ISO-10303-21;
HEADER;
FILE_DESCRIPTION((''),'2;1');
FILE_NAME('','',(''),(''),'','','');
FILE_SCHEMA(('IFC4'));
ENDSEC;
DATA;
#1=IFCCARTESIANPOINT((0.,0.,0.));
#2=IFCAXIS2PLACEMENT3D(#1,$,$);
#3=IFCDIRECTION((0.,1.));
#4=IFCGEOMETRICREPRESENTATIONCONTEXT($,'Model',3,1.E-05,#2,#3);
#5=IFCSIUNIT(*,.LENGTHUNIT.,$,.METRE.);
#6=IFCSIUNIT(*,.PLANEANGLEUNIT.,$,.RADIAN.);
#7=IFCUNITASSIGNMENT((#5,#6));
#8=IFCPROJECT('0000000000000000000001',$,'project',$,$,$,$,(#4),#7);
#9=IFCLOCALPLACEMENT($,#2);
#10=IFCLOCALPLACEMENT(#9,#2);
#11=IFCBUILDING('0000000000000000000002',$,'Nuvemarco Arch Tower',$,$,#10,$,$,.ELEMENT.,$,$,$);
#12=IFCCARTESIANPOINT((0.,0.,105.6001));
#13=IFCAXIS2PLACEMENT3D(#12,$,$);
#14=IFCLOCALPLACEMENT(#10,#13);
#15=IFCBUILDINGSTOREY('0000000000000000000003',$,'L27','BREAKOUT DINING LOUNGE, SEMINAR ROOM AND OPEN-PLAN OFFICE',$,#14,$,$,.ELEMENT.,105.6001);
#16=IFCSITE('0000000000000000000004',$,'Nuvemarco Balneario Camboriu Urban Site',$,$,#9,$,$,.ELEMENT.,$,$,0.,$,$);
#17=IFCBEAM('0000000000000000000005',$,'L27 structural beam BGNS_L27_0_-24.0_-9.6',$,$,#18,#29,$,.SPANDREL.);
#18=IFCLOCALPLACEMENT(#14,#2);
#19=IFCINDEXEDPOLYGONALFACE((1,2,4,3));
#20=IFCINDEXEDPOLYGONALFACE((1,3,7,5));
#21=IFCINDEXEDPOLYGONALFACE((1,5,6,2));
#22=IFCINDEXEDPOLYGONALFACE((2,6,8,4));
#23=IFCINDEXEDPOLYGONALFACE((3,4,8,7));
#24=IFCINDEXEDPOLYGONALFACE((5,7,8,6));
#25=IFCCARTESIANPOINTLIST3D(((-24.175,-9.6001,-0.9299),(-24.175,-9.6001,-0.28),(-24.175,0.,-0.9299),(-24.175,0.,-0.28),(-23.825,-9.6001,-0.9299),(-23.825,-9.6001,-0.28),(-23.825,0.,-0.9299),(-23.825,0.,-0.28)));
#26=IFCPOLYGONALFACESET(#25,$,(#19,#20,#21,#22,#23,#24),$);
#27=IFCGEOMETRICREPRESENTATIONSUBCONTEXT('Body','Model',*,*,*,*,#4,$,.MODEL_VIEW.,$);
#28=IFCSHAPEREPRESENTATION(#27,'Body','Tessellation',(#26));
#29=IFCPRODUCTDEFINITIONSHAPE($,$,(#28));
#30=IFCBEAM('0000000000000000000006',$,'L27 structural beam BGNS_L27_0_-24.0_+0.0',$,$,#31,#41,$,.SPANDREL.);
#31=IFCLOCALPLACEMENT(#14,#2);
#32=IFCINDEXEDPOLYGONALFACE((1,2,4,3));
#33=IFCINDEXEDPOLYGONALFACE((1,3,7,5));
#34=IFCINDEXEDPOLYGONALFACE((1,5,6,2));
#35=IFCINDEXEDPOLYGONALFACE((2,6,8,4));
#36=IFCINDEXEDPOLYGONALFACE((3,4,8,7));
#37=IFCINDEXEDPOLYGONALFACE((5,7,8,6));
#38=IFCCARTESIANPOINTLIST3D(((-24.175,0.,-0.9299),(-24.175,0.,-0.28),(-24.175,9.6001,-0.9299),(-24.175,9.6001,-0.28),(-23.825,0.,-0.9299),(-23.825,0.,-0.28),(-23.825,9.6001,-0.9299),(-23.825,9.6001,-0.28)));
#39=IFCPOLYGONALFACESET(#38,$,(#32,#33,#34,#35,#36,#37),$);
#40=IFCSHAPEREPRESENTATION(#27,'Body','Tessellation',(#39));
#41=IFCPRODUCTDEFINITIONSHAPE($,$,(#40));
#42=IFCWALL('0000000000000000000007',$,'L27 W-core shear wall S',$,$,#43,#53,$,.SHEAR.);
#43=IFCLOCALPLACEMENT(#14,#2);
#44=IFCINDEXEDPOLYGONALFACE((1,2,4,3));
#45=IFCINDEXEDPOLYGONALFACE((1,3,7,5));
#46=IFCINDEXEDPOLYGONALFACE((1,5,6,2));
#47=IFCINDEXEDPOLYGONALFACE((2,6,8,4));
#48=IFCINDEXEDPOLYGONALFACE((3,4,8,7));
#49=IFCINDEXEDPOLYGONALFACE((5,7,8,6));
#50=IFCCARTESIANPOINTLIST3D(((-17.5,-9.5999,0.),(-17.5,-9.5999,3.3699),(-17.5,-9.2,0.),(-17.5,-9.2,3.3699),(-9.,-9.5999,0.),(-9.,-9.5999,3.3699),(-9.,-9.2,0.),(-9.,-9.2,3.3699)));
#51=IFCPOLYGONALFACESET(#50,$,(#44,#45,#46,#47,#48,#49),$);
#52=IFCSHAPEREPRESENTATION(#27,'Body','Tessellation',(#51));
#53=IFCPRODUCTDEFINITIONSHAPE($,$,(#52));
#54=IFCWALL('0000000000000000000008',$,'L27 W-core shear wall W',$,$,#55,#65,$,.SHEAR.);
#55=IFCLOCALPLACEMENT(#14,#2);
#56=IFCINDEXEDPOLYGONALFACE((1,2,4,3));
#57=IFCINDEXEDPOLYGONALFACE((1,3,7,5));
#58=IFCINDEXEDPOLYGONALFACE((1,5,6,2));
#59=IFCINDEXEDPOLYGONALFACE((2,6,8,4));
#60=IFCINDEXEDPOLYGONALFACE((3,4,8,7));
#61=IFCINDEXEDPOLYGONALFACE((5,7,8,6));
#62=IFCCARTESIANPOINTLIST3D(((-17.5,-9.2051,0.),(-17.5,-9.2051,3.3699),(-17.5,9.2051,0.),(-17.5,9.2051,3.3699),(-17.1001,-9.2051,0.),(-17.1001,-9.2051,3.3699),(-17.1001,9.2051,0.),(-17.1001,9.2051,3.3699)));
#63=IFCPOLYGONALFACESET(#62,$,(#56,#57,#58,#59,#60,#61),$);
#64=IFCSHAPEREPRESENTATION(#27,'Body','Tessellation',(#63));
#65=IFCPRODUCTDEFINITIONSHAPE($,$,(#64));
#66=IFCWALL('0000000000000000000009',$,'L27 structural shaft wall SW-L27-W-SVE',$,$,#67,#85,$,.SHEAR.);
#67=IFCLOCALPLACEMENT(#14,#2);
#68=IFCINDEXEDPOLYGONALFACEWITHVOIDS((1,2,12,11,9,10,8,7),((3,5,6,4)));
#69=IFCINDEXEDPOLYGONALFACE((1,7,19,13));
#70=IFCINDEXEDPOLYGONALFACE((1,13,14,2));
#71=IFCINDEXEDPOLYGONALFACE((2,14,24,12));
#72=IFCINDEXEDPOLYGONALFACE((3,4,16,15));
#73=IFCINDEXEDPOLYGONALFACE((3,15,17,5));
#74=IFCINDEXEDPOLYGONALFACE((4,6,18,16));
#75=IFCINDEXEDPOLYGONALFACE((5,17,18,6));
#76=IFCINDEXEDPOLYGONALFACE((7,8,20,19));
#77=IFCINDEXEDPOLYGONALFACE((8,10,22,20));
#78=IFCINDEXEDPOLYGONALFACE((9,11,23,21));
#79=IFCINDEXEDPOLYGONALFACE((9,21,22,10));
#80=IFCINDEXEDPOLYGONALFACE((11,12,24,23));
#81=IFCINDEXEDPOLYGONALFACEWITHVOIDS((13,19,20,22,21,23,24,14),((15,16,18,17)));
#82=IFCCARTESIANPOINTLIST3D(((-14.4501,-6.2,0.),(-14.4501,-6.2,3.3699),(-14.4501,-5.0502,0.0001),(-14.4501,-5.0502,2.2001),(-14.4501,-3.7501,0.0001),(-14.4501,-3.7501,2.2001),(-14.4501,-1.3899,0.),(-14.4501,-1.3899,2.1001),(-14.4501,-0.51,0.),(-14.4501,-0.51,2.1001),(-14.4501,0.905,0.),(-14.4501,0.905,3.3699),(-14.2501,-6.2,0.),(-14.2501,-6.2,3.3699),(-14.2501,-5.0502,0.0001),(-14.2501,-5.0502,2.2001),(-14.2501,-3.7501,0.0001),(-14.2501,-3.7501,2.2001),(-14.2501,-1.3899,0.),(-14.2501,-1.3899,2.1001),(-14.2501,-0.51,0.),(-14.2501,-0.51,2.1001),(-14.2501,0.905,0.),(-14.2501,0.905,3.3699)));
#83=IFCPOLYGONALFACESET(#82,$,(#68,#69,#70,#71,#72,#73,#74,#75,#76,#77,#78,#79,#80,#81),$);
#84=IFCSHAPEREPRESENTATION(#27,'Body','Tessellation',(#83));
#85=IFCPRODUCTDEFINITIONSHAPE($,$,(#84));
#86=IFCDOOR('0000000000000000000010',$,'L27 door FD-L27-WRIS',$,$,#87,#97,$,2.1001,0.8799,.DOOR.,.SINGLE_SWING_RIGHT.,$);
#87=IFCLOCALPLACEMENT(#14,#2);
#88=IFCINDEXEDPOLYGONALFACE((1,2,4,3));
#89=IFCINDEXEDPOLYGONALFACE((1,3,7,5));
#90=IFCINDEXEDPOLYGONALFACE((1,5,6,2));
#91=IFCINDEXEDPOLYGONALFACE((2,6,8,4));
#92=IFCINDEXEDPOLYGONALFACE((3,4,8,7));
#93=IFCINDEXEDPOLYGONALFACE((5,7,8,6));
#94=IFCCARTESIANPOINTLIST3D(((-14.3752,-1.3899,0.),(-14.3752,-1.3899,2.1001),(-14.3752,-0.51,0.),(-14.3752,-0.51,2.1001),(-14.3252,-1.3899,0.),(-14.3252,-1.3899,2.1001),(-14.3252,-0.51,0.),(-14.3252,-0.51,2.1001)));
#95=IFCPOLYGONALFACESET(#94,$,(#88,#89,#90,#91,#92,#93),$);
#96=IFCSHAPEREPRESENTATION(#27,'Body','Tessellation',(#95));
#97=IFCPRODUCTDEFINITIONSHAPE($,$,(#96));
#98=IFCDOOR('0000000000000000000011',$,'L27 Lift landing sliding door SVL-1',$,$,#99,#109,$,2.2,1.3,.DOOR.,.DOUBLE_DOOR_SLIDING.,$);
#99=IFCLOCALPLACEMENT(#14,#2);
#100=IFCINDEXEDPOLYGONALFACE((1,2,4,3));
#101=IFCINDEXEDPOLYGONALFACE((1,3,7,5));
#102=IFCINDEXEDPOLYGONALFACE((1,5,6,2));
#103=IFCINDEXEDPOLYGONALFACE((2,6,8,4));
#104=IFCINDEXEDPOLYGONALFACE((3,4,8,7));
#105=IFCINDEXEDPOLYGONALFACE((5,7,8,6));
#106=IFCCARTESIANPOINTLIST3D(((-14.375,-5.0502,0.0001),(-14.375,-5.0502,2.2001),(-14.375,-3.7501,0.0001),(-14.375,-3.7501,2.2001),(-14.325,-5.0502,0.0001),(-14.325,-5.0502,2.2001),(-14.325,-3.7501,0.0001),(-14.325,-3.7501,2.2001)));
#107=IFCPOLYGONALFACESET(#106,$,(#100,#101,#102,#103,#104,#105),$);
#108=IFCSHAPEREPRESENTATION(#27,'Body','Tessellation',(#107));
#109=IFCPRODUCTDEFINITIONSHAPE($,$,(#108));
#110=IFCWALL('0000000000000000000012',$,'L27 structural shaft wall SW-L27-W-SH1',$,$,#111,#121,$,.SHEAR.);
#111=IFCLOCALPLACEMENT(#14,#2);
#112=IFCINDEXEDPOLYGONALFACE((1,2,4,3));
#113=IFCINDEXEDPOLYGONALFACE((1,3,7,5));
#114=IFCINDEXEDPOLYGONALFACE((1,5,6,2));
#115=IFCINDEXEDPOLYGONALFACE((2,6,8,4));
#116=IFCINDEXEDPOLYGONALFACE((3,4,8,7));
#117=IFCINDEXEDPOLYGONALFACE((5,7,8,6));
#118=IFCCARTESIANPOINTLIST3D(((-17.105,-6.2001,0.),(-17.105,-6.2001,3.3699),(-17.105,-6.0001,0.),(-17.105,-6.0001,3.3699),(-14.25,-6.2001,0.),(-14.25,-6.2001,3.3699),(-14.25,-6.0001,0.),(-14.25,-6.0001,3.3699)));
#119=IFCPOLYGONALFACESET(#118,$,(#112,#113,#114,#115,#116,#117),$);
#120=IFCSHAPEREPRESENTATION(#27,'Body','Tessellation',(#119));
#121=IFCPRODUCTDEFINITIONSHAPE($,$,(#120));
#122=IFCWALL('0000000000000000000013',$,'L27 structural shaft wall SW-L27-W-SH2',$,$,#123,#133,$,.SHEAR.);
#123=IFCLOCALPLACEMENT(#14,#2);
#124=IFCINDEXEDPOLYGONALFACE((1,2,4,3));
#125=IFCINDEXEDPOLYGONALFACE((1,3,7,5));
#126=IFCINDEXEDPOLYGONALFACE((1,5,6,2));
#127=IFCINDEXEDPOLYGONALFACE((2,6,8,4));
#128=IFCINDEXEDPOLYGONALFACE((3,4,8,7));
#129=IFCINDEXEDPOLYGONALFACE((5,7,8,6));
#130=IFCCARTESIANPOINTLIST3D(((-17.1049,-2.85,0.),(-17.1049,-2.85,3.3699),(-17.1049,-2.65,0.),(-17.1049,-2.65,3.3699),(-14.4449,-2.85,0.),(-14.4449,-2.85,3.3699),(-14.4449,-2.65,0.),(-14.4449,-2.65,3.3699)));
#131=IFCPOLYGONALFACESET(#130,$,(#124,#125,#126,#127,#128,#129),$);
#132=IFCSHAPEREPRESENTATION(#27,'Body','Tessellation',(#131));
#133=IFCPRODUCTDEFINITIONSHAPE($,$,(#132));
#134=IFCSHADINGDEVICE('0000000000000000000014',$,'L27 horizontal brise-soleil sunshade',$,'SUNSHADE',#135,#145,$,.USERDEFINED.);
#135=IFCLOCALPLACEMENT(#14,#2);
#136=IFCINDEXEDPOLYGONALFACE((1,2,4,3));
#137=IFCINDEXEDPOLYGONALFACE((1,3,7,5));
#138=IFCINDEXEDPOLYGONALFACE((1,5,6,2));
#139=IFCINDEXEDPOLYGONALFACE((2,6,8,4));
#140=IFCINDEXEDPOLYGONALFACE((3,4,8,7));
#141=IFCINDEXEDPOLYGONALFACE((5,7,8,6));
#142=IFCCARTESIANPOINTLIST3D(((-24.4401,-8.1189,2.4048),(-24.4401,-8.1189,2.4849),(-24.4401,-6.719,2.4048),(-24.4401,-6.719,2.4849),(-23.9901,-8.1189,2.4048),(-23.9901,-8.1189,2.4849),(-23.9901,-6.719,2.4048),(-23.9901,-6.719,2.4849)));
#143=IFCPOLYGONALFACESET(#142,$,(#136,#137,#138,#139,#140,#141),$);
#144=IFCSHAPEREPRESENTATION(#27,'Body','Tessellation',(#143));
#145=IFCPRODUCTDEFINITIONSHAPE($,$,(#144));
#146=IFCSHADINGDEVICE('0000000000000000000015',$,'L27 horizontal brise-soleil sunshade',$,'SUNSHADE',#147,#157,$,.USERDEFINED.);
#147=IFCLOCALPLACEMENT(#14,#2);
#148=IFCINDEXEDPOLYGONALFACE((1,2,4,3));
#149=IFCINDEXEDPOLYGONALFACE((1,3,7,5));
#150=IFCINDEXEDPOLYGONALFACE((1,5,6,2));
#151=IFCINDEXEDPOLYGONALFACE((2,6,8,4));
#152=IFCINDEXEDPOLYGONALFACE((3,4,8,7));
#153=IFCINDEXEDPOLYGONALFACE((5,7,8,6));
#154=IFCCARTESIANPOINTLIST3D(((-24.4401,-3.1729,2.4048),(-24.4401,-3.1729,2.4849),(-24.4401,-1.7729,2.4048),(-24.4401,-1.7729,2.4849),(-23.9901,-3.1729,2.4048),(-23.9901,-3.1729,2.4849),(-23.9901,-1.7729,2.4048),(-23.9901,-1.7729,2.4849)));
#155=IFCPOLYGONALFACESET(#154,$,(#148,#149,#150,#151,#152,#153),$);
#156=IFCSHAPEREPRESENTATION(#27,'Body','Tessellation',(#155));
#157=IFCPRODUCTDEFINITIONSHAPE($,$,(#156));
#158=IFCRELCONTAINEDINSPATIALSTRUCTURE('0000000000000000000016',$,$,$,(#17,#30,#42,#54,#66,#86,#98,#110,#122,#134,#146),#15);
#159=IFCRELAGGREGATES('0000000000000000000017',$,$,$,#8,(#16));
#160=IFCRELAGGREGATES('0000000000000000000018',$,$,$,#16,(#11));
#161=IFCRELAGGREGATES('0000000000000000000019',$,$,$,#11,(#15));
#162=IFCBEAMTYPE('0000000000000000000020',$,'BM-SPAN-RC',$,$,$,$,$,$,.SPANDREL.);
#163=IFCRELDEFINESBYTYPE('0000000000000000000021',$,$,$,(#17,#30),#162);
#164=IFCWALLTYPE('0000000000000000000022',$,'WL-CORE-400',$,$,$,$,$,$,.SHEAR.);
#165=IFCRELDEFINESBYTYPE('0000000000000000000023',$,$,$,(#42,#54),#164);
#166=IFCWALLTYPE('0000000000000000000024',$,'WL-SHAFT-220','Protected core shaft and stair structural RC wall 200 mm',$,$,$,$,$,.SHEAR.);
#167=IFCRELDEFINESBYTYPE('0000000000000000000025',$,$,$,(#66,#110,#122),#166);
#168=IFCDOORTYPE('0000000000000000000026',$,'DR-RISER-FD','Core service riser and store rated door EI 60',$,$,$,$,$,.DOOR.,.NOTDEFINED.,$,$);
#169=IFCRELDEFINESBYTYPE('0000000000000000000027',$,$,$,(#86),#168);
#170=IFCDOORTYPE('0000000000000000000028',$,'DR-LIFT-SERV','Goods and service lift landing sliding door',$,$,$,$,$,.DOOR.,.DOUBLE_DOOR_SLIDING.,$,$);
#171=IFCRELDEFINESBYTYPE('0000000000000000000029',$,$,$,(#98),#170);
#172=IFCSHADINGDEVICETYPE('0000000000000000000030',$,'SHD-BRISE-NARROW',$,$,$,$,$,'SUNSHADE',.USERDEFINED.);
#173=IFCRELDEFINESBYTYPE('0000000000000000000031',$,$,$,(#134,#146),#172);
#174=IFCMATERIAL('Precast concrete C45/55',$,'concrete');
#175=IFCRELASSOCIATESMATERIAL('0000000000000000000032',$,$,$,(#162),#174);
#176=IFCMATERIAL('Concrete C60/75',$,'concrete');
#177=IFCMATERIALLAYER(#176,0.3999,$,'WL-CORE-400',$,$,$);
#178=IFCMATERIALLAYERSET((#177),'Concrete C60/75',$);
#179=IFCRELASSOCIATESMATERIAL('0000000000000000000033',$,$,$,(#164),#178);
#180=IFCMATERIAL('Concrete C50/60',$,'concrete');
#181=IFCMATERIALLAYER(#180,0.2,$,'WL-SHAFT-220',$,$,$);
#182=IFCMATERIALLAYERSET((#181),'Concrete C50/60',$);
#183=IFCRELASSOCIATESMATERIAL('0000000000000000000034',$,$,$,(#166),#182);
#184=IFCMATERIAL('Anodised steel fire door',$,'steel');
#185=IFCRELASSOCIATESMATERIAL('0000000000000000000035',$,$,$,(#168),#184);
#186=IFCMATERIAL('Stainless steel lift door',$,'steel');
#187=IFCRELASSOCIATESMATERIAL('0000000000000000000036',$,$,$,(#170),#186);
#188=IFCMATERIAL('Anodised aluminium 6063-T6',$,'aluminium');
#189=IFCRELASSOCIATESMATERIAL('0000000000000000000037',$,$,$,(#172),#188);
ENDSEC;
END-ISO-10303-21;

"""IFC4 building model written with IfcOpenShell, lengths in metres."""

from ifc_helpers import new_model, si_unit, direction, frame, frame_2d, origin, origin_2d, place, context, subcontext, project, spatial, rectangle, extrude, source, transform, mapped, material, layer, layer_set, material_profile, profile_set, type_object, type_shapes, element, fill, save


model = new_model("IFC4")

# Units and contexts
model_context = context("Model", 3, precision=1e-05, world=origin(), true_north=direction((0.0, 1.0)))
body_context = subcontext(model_context, "Body", "Model", "MODEL_VIEW")
ifc_project = project(units=[si_unit("LENGTHUNIT", "METRE"), si_unit("PLANEANGLEUNIT", "RADIAN")], contexts=[model_context])

# Site, building, storey
site_placement = place(None, origin())
site = spatial("IfcSite", under=ifc_project, at=site_placement, Name="Nuvemarco Balneario Camboriu Urban Site", CompositionType="ELEMENT", RefElevation=0.0)
building_placement = place(site_placement, origin())
building = spatial("IfcBuilding", under=site, at=building_placement, Name="Nuvemarco Arch Tower", CompositionType="ELEMENT")
storey_placement = place(building_placement, frame((0.0, 0.0, 105.6001)))
storey = spatial("IfcBuildingStorey", under=building, at=storey_placement, Name="L27", Description="BREAKOUT DINING LOUNGE, SEMINAR ROOM AND OPEN-PLAN OFFICE", CompositionType="ELEMENT", Elevation=105.6001)

# Shared definitions
ifc_material_1 = material(Name="Concrete C60/75", Category="concrete")

# Beams
ifc_material_2 = material(Name="Precast concrete C45/55", Category="concrete")
ifc_material_profile_1 = material_profile(ifc_material_2, rectangle(XDim=0.3501, YDim=0.6499, at=origin_2d()), Name="PC-SP-350x650")
ifc_profile_set_1 = profile_set([ifc_material_profile_1], Name="Precast concrete C45/55")
beam_type_1 = type_object("IfcBeamType", Name="BM-SPAN-RC", PredefinedType="SPANDREL", material=ifc_profile_set_1)
for number, where, z_axis, x_axis, name in (
    (1, (-24.0, -9.6001, -0.605), (0.0, 1.0, 0.0), (-1.0, 0.0, 0.0), "L27 structural beam BGNS_L27_0_-24.0_-9.6"),
    (2, (-24.0, 0.0, -0.605), (0.0, 1.0, 0.0), (-1.0, 0.0, 0.0), "L27 structural beam BGNS_L27_0_-24.0_+0.0"),
):
    element("IfcBeam", number, at=place(storey_placement, frame(where, z_axis=z_axis, x_axis=x_axis)), inside=storey, type_object=beam_type_1, Name=name, PredefinedType="SPANDREL", context=body_context, shape_type="SweptSolid", body=[
        extrude(rectangle(XDim=0.3501, YDim=0.6499, at=origin_2d()), origin(), (0.0, 0.0, 1.0), 9.6001),
    ])

# Walls
ifc_layer_1 = layer(ifc_material_1, 0.3999, Name="WL-CORE-400")
ifc_layer_set_1 = layer_set([ifc_layer_1], Name="Concrete C60/75")
wall_type_1 = type_object("IfcWallType", Name="WL-CORE-400", PredefinedType="SHEAR", material=ifc_layer_set_1)
wall_1_placement = place(storey_placement, frame((-17.5, -9.3999, 0.0), z_axis=(0.0, 0.0, 1.0), x_axis=(1.0, 0.0, 0.0)))
element("IfcWall", 3, at=wall_1_placement, inside=storey, type_object=wall_type_1, Name="L27 W-core shear wall S", PredefinedType="SHEAR", context=body_context, shape_type="SweptSolid", body=[
    extrude(rectangle(XDim=8.5, YDim=0.3999, at=frame_2d((4.25, 0.0))), origin(), (0.0, 0.0, 1.0), 3.3699),
])
wall_2_placement = place(storey_placement, frame((-17.3, -9.2051, 0.0), z_axis=(0.0, 0.0, 1.0), x_axis=(0.0, 1.0, 0.0)))
element("IfcWall", 4, at=wall_2_placement, inside=storey, type_object=wall_type_1, Name="L27 W-core shear wall W", PredefinedType="SHEAR", context=body_context, shape_type="SweptSolid", body=[
    extrude(rectangle(XDim=18.4102, YDim=0.3999, at=frame_2d((9.2051, 0.0))), origin(), (0.0, 0.0, 1.0), 3.3699),
])

# Shared definitions
ifc_material_3 = material(Name="Concrete C50/60", Category="concrete")
ifc_layer_2 = layer(ifc_material_3, 0.2, Name="WL-SHAFT-220")
ifc_layer_set_2 = layer_set([ifc_layer_2], Name="Concrete C50/60")
wall_type_2 = type_object("IfcWallType", Name="WL-SHAFT-220", Description="Protected core shaft and stair structural RC wall 200 mm", PredefinedType="SHEAR", material=ifc_layer_set_2)
ifc_material_4 = material(Name="Stainless steel lift door", Category="steel")

# Wall, openings, doors
wall_3_placement = place(storey_placement, frame((-14.3501, -6.2, 0.0), z_axis=(0.0, 0.0, 1.0), x_axis=(0.0, 1.0, 0.0)))
wall_3 = element("IfcWall", 5, at=wall_3_placement, inside=storey, type_object=wall_type_2, Name="L27 structural shaft wall SW-L27-W-SVE", PredefinedType="SHEAR", context=body_context, shape_type="SweptSolid", body=[
    extrude(rectangle(XDim=7.105, YDim=0.2, at=frame_2d((3.5525, 0.0))), origin(), (0.0, 0.0, 1.0), 3.3699),
])
opening_1_placement = place(wall_3_placement, frame((5.6899, 0.0, 0.0), z_axis=(0.0, 0.0, 1.0), x_axis=(-1.0, 0.0, 0.0)))
opening_1 = element("IfcOpeningElement", 6, at=opening_1_placement, cuts=wall_3, PredefinedType="OPENING", context=body_context, shape_type="SweptSolid", body=[
    extrude(rectangle(XDim=0.8799, YDim=2.1001, at=frame_2d((0.4399, 1.05))), frame((0.0, 0.1099, 0.0), z_axis=(0.0, -1.0, 0.0), x_axis=(1.0, 0.0, 0.0)), (0.0, 0.0, 1.0), 0.22),
])
opening_2_placement = place(wall_3_placement, frame((1.1499, 0.0, 0.0)))
opening_2 = element("IfcOpeningElement", 7, at=opening_2_placement, cuts=wall_3, PredefinedType="OPENING", context=body_context, shape_type="SweptSolid", body=[
    extrude(rectangle(XDim=1.3, YDim=2.2, at=frame_2d((0.6499, 1.1001))), frame((0.0, 0.1099, 0.0), z_axis=(0.0, -1.0, 0.0), x_axis=(1.0, 0.0, 0.0)), (0.0, 0.0, 1.0), 0.22),
])
ifc_material_5 = material(Name="Anodised steel fire door", Category="steel")
door_type_1 = type_object("IfcDoorType", Name="DR-RISER-FD", Description="Core service riser and store rated door EI 60", OperationType="NOTDEFINED", PredefinedType="DOOR", material=ifc_material_5)
shared_shape_1 = source(origin(), body_context, "Body", "SweptSolid", [
    extrude(rectangle(XDim=0.8799, YDim=2.1001, at=frame_2d((0.4399, 1.05))), frame((0.0, 0.0249, 0.0), z_axis=(0.0, -1.0, 0.0), x_axis=(1.0, 0.0, 0.0)), (0.0, 0.0, 1.0), 0.05),
])
type_shapes(door_type_1, [shared_shape_1])
door_1_placement = place(opening_1_placement, origin())
door_1 = element("IfcDoor", 8, at=door_1_placement, inside=storey, type_object=door_type_1, Name="L27 door FD-L27-WRIS", OperationType="SINGLE_SWING_RIGHT", OverallHeight=2.1001, OverallWidth=0.8799, PredefinedType="DOOR", context=body_context, shape_type="MappedRepresentation", body=[
    mapped(shared_shape_1, transform((0.0, 0.0, 0.0), scale=1.0)),
])
fill(opening_1, door_1)
door_type_2 = type_object("IfcDoorType", Name="DR-LIFT-SERV", Description="Goods and service lift landing sliding door", OperationType="DOUBLE_DOOR_SLIDING", PredefinedType="DOOR", material=ifc_material_4)
shared_shape_2 = source(origin(), body_context, "Body", "SweptSolid", [
    extrude(rectangle(XDim=1.3, YDim=2.2, at=frame_2d((0.6499, 1.1001))), frame((0.0, 0.0249, 0.0), z_axis=(0.0, -1.0, 0.0), x_axis=(1.0, 0.0, 0.0)), (0.0, 0.0, 1.0), 0.05),
])
type_shapes(door_type_2, [shared_shape_2])
door_2_placement = place(opening_2_placement, origin())
door_2 = element("IfcDoor", 9, at=door_2_placement, inside=storey, type_object=door_type_2, Name="L27 Lift landing sliding door SVL-1", OperationType="DOUBLE_DOOR_SLIDING", OverallHeight=2.2, OverallWidth=1.3, PredefinedType="DOOR", context=body_context, shape_type="MappedRepresentation", body=[
    mapped(shared_shape_2, transform((0.0, 0.0, 0.0), scale=1.0)),
])
fill(opening_2, door_2)

# Walls
wall_4_placement = place(storey_placement, frame((-17.105, -6.1001, 0.0), z_axis=(0.0, 0.0, 1.0), x_axis=(1.0, 0.0, 0.0)))
element("IfcWall", 10, at=wall_4_placement, inside=storey, type_object=wall_type_2, Name="L27 structural shaft wall SW-L27-W-SH1", PredefinedType="SHEAR", context=body_context, shape_type="SweptSolid", body=[
    extrude(rectangle(XDim=2.855, YDim=0.2, at=frame_2d((1.4275, 0.0))), origin(), (0.0, 0.0, 1.0), 3.3699),
])
wall_5_placement = place(storey_placement, frame((-17.105, -2.75, 0.0), z_axis=(0.0, 0.0, 1.0), x_axis=(1.0, 0.0, 0.0)))
element("IfcWall", 11, at=wall_5_placement, inside=storey, type_object=wall_type_2, Name="L27 structural shaft wall SW-L27-W-SH2", PredefinedType="SHEAR", context=body_context, shape_type="SweptSolid", body=[
    extrude(rectangle(XDim=2.6599, YDim=0.2, at=frame_2d((1.3301, 0.0))), origin(), (0.0, 0.0, 1.0), 3.3699),
])

# Shading devices
ifc_material_6 = material(Name="Anodised aluminium 6063-T6", Category="aluminium")
shading_device_type = type_object("IfcShadingDeviceType", Name="SHD-BRISE-NARROW", ElementType="SUNSHADE", PredefinedType="USERDEFINED", material=ifc_material_6)
shared_shape_3 = source(origin(), body_context, "Body", "SweptSolid", [
    extrude(rectangle(XDim=1.3999, YDim=0.45, at=origin_2d()), origin(), (0.0, 0.0, 1.0), 0.0801),
])
type_shapes(shading_device_type, [shared_shape_3])
for number, where, z_axis, x_axis, name in (
    (12, (-24.2151, -7.4189, 2.4048), (0.0, 0.0, 1.0), (0.0, 1.0, 0.0), "L27 horizontal brise-soleil sunshade"),
    (13, (-24.2151, -2.4729, 2.4048), (0.0, 0.0, 1.0), (0.0, 1.0, 0.0), "L27 horizontal brise-soleil sunshade"),
):
    element("IfcShadingDevice", number, at=place(storey_placement, frame(where, z_axis=z_axis, x_axis=x_axis)), inside=storey, type_object=shading_device_type, Name=name, ObjectType="SUNSHADE", PredefinedType="USERDEFINED", context=body_context, shape_type="MappedRepresentation", body=[
        mapped(shared_shape_3, transform((0.0, 0.0, 0.0), scale=1.0)),
    ])

save(model, "model.ifc")
